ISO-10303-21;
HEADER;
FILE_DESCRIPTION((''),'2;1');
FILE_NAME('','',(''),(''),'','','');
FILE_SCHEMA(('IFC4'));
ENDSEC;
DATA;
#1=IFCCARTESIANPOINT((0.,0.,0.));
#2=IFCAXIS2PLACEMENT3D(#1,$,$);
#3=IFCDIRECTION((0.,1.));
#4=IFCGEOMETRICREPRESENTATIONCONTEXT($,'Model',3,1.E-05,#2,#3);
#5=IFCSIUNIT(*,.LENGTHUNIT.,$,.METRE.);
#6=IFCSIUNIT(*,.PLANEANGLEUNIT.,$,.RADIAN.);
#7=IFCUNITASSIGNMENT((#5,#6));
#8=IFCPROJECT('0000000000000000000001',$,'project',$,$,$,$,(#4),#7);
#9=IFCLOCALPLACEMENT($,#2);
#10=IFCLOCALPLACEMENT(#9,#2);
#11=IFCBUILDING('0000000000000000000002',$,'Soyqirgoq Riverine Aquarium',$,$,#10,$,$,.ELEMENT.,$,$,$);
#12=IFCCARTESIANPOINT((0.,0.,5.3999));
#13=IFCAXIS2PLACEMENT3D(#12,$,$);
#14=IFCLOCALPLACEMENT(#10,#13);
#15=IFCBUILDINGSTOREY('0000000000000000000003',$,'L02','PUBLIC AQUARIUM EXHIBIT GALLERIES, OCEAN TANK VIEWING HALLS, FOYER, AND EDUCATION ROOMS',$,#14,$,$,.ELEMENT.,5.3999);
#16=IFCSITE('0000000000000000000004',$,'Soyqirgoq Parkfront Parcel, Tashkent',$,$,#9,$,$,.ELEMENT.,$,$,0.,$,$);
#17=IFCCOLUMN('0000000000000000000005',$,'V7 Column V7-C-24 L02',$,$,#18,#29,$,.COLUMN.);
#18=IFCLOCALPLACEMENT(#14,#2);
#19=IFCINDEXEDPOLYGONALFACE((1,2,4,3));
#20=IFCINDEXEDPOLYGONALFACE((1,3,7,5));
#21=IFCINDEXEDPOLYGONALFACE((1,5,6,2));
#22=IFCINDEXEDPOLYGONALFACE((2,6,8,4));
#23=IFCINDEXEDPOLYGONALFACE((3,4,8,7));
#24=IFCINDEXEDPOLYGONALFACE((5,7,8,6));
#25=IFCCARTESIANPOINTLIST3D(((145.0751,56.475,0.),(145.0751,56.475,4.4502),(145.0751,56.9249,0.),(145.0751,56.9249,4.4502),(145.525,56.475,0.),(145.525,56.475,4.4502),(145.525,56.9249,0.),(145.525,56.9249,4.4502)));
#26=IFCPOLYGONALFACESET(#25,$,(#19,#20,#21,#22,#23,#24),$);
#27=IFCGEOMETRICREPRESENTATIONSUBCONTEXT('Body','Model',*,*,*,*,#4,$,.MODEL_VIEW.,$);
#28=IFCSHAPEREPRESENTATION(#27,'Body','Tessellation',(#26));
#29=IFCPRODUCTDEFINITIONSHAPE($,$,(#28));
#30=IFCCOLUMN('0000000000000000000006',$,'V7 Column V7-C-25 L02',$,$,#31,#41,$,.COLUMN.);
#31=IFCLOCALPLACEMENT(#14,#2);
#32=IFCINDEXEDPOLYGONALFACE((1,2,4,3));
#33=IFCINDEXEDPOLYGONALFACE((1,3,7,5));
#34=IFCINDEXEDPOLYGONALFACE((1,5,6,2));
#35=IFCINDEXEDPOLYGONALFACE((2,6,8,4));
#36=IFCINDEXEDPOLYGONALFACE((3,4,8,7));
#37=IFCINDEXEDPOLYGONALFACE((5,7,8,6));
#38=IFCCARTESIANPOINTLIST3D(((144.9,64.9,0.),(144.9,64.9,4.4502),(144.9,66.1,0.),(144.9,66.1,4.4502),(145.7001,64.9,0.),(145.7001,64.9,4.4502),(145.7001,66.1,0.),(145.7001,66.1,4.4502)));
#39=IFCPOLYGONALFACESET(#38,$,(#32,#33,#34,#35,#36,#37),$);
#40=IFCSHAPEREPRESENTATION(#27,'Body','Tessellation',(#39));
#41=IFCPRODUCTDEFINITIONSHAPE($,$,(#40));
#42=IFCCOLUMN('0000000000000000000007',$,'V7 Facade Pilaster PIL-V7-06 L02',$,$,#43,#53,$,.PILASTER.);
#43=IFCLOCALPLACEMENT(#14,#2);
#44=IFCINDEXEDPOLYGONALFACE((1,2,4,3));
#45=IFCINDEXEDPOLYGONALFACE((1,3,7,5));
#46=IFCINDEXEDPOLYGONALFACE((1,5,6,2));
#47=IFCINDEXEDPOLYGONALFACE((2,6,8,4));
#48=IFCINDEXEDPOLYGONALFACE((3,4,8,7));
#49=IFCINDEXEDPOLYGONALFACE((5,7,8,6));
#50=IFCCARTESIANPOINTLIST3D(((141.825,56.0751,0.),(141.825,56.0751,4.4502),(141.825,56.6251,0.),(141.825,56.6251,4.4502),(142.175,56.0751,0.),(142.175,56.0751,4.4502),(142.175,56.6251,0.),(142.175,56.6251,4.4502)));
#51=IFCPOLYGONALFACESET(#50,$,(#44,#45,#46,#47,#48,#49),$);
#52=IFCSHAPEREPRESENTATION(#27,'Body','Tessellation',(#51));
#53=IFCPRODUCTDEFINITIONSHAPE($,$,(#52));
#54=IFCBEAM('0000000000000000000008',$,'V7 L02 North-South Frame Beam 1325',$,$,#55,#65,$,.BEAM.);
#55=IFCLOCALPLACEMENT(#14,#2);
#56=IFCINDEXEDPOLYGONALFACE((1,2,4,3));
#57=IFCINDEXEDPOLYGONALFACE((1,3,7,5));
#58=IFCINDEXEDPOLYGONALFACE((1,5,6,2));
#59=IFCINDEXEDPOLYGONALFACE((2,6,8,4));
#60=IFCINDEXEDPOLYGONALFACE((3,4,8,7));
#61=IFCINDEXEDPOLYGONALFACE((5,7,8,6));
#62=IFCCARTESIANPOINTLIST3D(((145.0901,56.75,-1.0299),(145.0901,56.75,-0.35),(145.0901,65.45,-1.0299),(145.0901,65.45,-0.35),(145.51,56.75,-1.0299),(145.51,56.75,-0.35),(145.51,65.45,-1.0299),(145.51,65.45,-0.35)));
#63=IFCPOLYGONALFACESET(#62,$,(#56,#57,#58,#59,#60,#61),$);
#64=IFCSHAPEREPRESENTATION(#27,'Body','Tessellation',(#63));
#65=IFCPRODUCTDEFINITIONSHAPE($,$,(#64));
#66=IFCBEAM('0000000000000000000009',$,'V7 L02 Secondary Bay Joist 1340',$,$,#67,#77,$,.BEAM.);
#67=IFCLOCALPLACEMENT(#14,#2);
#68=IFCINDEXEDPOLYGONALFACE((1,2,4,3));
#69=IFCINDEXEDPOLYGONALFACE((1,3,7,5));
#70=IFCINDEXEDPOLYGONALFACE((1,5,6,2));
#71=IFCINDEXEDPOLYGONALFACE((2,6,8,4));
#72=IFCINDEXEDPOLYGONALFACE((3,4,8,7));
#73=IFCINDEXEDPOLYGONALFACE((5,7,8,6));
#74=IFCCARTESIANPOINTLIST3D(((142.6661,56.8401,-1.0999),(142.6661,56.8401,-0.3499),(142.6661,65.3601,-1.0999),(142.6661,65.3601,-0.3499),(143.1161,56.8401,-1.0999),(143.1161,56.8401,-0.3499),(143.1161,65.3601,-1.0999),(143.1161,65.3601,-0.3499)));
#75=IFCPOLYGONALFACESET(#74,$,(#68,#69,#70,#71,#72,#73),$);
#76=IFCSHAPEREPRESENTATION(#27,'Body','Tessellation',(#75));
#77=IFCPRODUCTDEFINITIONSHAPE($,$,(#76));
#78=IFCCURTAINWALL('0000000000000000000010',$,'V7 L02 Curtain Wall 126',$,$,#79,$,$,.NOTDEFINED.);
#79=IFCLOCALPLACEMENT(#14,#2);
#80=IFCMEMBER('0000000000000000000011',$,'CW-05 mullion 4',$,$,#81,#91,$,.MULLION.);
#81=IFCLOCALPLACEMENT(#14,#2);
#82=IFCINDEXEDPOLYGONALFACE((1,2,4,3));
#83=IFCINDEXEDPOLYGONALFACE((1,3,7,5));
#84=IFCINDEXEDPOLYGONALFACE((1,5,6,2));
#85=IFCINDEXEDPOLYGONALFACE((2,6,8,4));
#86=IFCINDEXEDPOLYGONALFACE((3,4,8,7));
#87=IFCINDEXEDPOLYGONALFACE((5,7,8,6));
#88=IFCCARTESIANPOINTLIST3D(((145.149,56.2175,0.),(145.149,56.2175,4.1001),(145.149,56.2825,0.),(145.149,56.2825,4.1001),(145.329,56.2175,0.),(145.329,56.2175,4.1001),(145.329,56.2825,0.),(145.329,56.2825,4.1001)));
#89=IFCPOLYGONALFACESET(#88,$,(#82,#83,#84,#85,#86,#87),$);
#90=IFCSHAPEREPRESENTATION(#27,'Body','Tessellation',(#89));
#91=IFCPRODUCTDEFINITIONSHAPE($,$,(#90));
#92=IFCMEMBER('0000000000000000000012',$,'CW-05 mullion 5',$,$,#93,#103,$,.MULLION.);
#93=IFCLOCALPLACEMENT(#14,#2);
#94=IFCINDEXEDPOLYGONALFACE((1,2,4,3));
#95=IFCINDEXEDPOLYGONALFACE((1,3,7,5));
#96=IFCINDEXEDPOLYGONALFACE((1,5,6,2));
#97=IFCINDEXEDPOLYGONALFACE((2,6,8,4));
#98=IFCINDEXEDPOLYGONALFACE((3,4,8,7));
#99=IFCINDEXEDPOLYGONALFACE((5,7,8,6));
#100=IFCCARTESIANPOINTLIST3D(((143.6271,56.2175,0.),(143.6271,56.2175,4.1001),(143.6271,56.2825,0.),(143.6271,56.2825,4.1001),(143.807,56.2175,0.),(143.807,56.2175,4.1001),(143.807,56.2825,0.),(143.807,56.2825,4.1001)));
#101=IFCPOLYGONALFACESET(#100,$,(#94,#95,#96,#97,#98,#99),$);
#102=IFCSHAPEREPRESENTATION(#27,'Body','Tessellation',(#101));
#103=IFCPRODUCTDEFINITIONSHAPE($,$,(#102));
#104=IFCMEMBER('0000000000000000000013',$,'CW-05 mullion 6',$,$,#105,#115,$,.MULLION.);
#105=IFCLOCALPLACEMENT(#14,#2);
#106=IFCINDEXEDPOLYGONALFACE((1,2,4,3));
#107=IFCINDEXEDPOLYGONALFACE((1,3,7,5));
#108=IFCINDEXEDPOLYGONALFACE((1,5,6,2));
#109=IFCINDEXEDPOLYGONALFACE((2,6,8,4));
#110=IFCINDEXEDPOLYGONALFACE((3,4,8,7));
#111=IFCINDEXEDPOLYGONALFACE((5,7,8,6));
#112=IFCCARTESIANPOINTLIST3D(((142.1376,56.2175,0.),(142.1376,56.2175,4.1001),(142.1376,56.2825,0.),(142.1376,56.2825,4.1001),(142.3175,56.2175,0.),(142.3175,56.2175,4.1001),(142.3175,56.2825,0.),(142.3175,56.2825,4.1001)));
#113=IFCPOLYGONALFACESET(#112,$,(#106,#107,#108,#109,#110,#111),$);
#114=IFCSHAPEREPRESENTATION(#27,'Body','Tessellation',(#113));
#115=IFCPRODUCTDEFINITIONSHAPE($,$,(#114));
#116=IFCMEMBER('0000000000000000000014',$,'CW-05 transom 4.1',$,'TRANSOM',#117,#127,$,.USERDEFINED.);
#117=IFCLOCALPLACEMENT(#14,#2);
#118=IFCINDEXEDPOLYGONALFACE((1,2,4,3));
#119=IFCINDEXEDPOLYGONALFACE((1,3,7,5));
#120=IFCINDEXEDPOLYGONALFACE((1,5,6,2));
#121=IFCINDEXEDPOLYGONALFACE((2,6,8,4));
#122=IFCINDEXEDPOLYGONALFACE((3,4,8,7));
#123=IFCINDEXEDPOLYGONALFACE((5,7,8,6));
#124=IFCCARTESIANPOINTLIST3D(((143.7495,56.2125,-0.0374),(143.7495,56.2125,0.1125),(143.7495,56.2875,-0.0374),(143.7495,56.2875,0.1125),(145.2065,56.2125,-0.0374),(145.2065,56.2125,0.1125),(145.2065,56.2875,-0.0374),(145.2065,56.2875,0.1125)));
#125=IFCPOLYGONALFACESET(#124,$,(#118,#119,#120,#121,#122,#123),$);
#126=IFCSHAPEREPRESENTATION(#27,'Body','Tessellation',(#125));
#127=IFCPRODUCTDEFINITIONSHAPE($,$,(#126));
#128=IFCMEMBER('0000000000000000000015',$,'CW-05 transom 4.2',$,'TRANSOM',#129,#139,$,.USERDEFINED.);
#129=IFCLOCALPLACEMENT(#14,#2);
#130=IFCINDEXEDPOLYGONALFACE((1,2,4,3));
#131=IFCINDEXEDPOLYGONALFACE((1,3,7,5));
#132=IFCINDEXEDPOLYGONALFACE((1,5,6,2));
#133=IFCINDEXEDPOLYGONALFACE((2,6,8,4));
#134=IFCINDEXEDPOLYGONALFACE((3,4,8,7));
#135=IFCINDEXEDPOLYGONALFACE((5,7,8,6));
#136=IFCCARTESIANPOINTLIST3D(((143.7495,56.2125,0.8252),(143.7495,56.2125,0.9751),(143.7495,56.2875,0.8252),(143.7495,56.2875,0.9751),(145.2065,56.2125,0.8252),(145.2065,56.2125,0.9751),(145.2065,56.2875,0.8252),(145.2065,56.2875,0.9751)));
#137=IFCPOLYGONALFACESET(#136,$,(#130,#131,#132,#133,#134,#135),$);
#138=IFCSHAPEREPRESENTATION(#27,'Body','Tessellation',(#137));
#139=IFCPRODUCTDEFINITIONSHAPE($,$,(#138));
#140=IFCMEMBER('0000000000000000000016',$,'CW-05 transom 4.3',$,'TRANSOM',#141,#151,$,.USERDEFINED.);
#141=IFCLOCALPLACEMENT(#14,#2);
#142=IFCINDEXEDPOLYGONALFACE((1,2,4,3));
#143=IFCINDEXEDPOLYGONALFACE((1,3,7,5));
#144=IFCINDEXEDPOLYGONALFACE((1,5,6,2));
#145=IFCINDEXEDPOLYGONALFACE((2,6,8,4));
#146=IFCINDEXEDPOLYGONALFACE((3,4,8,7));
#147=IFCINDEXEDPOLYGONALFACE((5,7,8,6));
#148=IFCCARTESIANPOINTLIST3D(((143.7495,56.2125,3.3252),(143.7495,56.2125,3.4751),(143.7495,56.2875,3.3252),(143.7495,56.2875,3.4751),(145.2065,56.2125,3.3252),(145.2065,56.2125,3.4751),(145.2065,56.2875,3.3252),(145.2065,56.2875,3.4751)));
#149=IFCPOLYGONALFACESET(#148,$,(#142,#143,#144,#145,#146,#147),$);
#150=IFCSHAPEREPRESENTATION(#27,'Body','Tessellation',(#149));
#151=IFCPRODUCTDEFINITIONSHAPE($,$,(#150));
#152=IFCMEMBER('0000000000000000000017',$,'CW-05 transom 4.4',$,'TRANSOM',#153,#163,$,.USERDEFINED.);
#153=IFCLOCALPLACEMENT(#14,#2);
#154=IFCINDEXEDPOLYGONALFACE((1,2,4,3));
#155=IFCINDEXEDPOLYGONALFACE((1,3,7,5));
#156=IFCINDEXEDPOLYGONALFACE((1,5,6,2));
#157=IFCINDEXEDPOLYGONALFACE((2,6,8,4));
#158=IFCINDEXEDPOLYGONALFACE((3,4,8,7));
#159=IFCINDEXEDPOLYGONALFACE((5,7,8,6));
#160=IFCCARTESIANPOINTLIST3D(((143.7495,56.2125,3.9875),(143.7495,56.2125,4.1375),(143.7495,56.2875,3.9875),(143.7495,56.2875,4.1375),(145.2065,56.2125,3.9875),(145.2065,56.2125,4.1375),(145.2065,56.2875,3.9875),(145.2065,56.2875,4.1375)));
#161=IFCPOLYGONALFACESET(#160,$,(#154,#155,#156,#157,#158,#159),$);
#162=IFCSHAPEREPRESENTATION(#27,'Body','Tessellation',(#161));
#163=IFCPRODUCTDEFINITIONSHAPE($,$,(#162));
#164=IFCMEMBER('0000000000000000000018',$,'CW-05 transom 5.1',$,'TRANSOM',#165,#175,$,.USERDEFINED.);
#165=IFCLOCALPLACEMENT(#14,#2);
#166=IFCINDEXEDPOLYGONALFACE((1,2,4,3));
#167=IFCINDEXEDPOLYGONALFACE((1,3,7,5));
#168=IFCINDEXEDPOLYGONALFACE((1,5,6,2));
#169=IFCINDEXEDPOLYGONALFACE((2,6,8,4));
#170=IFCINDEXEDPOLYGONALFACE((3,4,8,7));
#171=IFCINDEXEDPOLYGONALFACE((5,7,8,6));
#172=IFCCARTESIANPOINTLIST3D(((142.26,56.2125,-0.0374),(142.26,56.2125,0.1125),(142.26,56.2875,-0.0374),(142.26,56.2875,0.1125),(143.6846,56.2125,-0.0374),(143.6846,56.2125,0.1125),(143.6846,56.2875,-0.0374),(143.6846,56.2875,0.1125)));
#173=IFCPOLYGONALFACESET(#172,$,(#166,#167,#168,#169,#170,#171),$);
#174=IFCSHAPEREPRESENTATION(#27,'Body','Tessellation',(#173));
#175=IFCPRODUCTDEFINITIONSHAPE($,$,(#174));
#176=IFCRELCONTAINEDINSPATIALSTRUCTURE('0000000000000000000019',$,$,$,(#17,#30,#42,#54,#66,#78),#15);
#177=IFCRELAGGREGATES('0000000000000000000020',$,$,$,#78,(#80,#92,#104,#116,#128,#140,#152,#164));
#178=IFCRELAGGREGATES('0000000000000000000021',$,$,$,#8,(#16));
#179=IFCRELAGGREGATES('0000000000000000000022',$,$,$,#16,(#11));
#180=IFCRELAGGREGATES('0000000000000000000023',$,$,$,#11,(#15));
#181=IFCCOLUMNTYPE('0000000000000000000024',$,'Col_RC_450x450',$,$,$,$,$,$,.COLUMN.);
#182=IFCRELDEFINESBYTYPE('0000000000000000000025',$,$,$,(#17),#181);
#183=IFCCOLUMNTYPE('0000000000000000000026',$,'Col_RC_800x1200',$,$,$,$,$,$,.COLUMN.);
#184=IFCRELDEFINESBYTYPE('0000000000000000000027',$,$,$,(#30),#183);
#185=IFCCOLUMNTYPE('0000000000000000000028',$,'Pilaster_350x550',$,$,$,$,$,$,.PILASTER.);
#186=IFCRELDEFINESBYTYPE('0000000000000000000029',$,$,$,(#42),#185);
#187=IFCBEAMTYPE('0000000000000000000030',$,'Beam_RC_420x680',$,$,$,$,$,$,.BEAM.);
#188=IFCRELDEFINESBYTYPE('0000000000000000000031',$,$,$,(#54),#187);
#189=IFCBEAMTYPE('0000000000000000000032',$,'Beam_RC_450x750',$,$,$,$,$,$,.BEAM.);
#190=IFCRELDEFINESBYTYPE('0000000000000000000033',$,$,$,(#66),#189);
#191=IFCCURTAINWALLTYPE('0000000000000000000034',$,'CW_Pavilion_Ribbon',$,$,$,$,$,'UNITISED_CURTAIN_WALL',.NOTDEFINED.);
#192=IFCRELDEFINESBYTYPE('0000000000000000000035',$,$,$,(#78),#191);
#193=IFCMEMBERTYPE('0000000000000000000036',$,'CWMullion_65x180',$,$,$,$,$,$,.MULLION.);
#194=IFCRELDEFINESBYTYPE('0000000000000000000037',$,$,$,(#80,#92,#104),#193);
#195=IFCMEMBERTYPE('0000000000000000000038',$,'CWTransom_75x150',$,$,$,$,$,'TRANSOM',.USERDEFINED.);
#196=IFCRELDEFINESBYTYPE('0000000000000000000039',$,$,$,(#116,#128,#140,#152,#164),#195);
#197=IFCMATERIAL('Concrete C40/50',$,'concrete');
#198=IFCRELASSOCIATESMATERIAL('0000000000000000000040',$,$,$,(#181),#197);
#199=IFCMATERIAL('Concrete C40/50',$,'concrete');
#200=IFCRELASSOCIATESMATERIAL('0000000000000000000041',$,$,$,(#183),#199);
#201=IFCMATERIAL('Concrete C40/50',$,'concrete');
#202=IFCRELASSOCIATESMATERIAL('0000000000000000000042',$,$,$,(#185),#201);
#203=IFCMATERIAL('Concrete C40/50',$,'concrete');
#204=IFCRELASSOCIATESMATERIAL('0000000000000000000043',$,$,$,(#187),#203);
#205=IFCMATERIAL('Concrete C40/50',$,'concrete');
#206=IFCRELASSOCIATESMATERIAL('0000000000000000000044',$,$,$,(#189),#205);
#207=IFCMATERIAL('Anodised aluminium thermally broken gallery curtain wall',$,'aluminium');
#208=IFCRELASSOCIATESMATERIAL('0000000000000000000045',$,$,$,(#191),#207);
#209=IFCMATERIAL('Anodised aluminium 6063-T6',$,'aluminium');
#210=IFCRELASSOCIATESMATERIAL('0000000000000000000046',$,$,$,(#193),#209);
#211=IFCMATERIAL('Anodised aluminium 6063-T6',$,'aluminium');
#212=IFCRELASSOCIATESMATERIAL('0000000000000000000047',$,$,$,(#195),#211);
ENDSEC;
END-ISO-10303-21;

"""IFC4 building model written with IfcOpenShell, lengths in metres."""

from ifc_helpers import new_model, si_unit, direction, frame, origin, origin_2d, place, context, subcontext, project, spatial, rectangle, extrude, material, material_profile, profile_set, type_object, element, aggregate, save


model = new_model("IFC4")

# Units and contexts
model_context = context("Model", 3, precision=1e-05, world=origin(), true_north=direction((0.0, 1.0)))
body_context = subcontext(model_context, "Body", "Model", "MODEL_VIEW")
ifc_project = project(units=[si_unit("LENGTHUNIT", "METRE"), si_unit("PLANEANGLEUNIT", "RADIAN")], contexts=[model_context])

# Site, building, storey
site_placement = place(None, origin())
site = spatial("IfcSite", under=ifc_project, at=site_placement, Name="Soyqirgoq Parkfront Parcel, Tashkent", CompositionType="ELEMENT", RefElevation=0.0)
building_placement = place(site_placement, origin())
building = spatial("IfcBuilding", under=site, at=building_placement, Name="Soyqirgoq Riverine Aquarium", CompositionType="ELEMENT")
storey_placement = place(building_placement, frame((0.0, 0.0, 5.3999)))
storey = spatial("IfcBuildingStorey", under=building, at=storey_placement, Name="L02", Description="PUBLIC AQUARIUM EXHIBIT GALLERIES, OCEAN TANK VIEWING HALLS, FOYER, AND EDUCATION ROOMS", CompositionType="ELEMENT", Elevation=5.3999)

# Columns
ifc_material_1 = material(Name="Concrete C40/50", Category="concrete")
ifc_material_profile_1 = material_profile(ifc_material_1, rectangle(XDim=0.45, YDim=0.45, at=origin_2d()), Name="RC 450x450")
ifc_profile_set_1 = profile_set([ifc_material_profile_1], Name="Concrete C40/50")
column_type_1 = type_object("IfcColumnType", Name="Col_RC_450x450", PredefinedType="COLUMN", material=ifc_profile_set_1)
column_1_placement = place(storey_placement, frame((145.3, 56.7, 0.0), z_axis=(0.0, 0.0, 1.0), x_axis=(1.0, 0.0, 0.0)))
element("IfcColumn", 1, at=column_1_placement, inside=storey, type_object=column_type_1, Name="V7 Column V7-C-24 L02", PredefinedType="COLUMN", context=body_context, shape_type="SweptSolid", body=[
    extrude(rectangle(XDim=0.45, YDim=0.45, at=origin_2d()), origin(), (0.0, 0.0, 1.0), 4.4502),
])
ifc_material_2 = material(Name="Concrete C40/50", Category="concrete")
ifc_material_profile_2 = material_profile(ifc_material_2, rectangle(XDim=0.8, YDim=1.2, at=origin_2d()), Name="RC-COL 800x1200")
ifc_profile_set_2 = profile_set([ifc_material_profile_2], Name="Concrete C40/50")
column_type_2 = type_object("IfcColumnType", Name="Col_RC_800x1200", PredefinedType="COLUMN", material=ifc_profile_set_2)
column_2_placement = place(storey_placement, frame((145.3, 65.5, 0.0), z_axis=(0.0, 0.0, 1.0), x_axis=(1.0, 0.0, 0.0)))
element("IfcColumn", 2, at=column_2_placement, inside=storey, type_object=column_type_2, Name="V7 Column V7-C-25 L02", PredefinedType="COLUMN", context=body_context, shape_type="SweptSolid", body=[
    extrude(rectangle(XDim=0.8, YDim=1.2, at=origin_2d()), origin(), (0.0, 0.0, 1.0), 4.4502),
])
ifc_material_3 = material(Name="Concrete C40/50", Category="concrete")
ifc_material_profile_3 = material_profile(ifc_material_3, rectangle(XDim=0.3501, YDim=0.55, at=origin_2d()), Name="RC-PIL 350x550")
ifc_profile_set_3 = profile_set([ifc_material_profile_3], Name="Concrete C40/50")
column_type_3 = type_object("IfcColumnType", Name="Pilaster_350x550", PredefinedType="PILASTER", material=ifc_profile_set_3)
column_3_placement = place(storey_placement, frame((142.0, 56.3501, 0.0), z_axis=(0.0, 0.0, 1.0), x_axis=(1.0, 0.0, 0.0)))
element("IfcColumn", 3, at=column_3_placement, inside=storey, type_object=column_type_3, Name="V7 Facade Pilaster PIL-V7-06 L02", PredefinedType="PILASTER", context=body_context, shape_type="SweptSolid", body=[
    extrude(rectangle(XDim=0.3501, YDim=0.55, at=origin_2d()), origin(), (0.0, 0.0, 1.0), 4.4502),
])

# Beams
ifc_material_4 = material(Name="Concrete C40/50", Category="concrete")
ifc_material_profile_4 = material_profile(ifc_material_4, rectangle(XDim=0.4199, YDim=0.6799, at=origin_2d()), Name="RC 420x680")
ifc_profile_set_4 = profile_set([ifc_material_profile_4], Name="Concrete C40/50")
beam_type_1 = type_object("IfcBeamType", Name="Beam_RC_420x680", PredefinedType="BEAM", material=ifc_profile_set_4)
beam_1_placement = place(storey_placement, frame((145.3, 56.75, -0.6899), z_axis=(0.0, 1.0, 0.0), x_axis=(-1.0, 0.0, 0.0)))
element("IfcBeam", 4, at=beam_1_placement, inside=storey, type_object=beam_type_1, Name="V7 L02 North-South Frame Beam 1325", PredefinedType="BEAM", context=body_context, shape_type="SweptSolid", body=[
    extrude(rectangle(XDim=0.4199, YDim=0.6799, at=origin_2d()), origin(), (0.0, 0.0, 1.0), 8.7),
])
ifc_material_5 = material(Name="Concrete C40/50", Category="concrete")
ifc_material_profile_5 = material_profile(ifc_material_5, rectangle(XDim=0.45, YDim=0.75, at=origin_2d()), Name="RC 450x750")
ifc_profile_set_5 = profile_set([ifc_material_profile_5], Name="Concrete C40/50")
beam_type_2 = type_object("IfcBeamType", Name="Beam_RC_450x750", PredefinedType="BEAM", material=ifc_profile_set_5)
beam_2_placement = place(storey_placement, frame((142.8911, 56.8401, -0.7249), z_axis=(0.0, 1.0, 0.0), x_axis=(-1.0, 0.0, 0.0)))
element("IfcBeam", 5, at=beam_2_placement, inside=storey, type_object=beam_type_2, Name="V7 L02 Secondary Bay Joist 1340", PredefinedType="BEAM", context=body_context, shape_type="SweptSolid", body=[
    extrude(rectangle(XDim=0.45, YDim=0.75, at=origin_2d()), origin(), (0.0, 0.0, 1.0), 8.52),
])

# Curtain wall, members
ifc_material_6 = material(Name="Anodised aluminium thermally broken gallery curtain wall", Category="aluminium")
curtain_wall_type = type_object("IfcCurtainWallType", Name="CW_Pavilion_Ribbon", ElementType="UNITISED_CURTAIN_WALL", PredefinedType="NOTDEFINED", material=ifc_material_6)
curtain_wall_placement = place(storey_placement, origin())
curtain_wall = element("IfcCurtainWall", 6, at=curtain_wall_placement, inside=storey, type_object=curtain_wall_type, Name="V7 L02 Curtain Wall 126", PredefinedType="NOTDEFINED")
ifc_material_7 = material(Name="Anodised aluminium 6063-T6", Category="aluminium")
ifc_material_profile_6 = material_profile(ifc_material_7, rectangle(XDim=0.0649, YDim=0.1799, at=origin_2d()), Name="ALU-M 65x180")
ifc_profile_set_6 = profile_set([ifc_material_profile_6], Name="Anodised aluminium 6063-T6")
member_type_1 = type_object("IfcMemberType", Name="CWMullion_65x180", PredefinedType="MULLION", material=ifc_profile_set_6)
member_1_placement = place(storey_placement, frame((145.239, 56.25, 0.0), z_axis=(0.0, 0.0, 1.0), x_axis=(0.0, -1.0, 0.0)))
member_1 = element("IfcMember", 7, at=member_1_placement, type_object=member_type_1, Name="CW-05 mullion 4", PredefinedType="MULLION", context=body_context, shape_type="SweptSolid", body=[
    extrude(rectangle(XDim=0.0649, YDim=0.1799, at=origin_2d()), origin(), (0.0, 0.0, 1.0), 4.1001),
])
member_2_placement = place(storey_placement, frame((143.717, 56.25, 0.0), z_axis=(0.0, 0.0, 1.0), x_axis=(0.0, -1.0, 0.0)))
member_2 = element("IfcMember", 8, at=member_2_placement, type_object=member_type_1, Name="CW-05 mullion 5", PredefinedType="MULLION", context=body_context, shape_type="SweptSolid", body=[
    extrude(rectangle(XDim=0.0649, YDim=0.1799, at=origin_2d()), origin(), (0.0, 0.0, 1.0), 4.1001),
])
member_3_placement = place(storey_placement, frame((142.2275, 56.25, 0.0), z_axis=(0.0, 0.0, 1.0), x_axis=(0.0, -1.0, 0.0)))
member_3 = element("IfcMember", 9, at=member_3_placement, type_object=member_type_1, Name="CW-05 mullion 6", PredefinedType="MULLION", context=body_context, shape_type="SweptSolid", body=[
    extrude(rectangle(XDim=0.0649, YDim=0.1799, at=origin_2d()), origin(), (0.0, 0.0, 1.0), 4.1001),
])
ifc_material_8 = material(Name="Anodised aluminium 6063-T6", Category="aluminium")
ifc_material_profile_7 = material_profile(ifc_material_8, rectangle(XDim=0.075, YDim=0.1499, at=origin_2d()), Name="ALU-T 75x150")
ifc_profile_set_7 = profile_set([ifc_material_profile_7], Name="Anodised aluminium 6063-T6")
member_type_2 = type_object("IfcMemberType", Name="CWTransom_75x150", ElementType="TRANSOM", PredefinedType="USERDEFINED", material=ifc_profile_set_7)
member_4_placement = place(storey_placement, frame((145.2065, 56.25, 0.0376), z_axis=(-1.0, 0.0, 0.0), x_axis=(0.0, -1.0, 0.0)))
member_4 = element("IfcMember", 10, at=member_4_placement, type_object=member_type_2, Name="CW-05 transom 4.1", ObjectType="TRANSOM", PredefinedType="USERDEFINED", context=body_context, shape_type="SweptSolid", body=[
    extrude(rectangle(XDim=0.075, YDim=0.1499, at=origin_2d()), origin(), (0.0, 0.0, 1.0), 1.457),
])
member_5_placement = place(storey_placement, frame((145.2065, 56.25, 0.9001), z_axis=(-1.0, 0.0, 0.0), x_axis=(0.0, -1.0, 0.0)))
member_5 = element("IfcMember", 11, at=member_5_placement, type_object=member_type_2, Name="CW-05 transom 4.2", ObjectType="TRANSOM", PredefinedType="USERDEFINED", context=body_context, shape_type="SweptSolid", body=[
    extrude(rectangle(XDim=0.075, YDim=0.1499, at=origin_2d()), origin(), (0.0, 0.0, 1.0), 1.457),
])
member_6_placement = place(storey_placement, frame((145.2065, 56.25, 3.4001), z_axis=(-1.0, 0.0, 0.0), x_axis=(0.0, -1.0, 0.0)))
member_6 = element("IfcMember", 12, at=member_6_placement, type_object=member_type_2, Name="CW-05 transom 4.3", ObjectType="TRANSOM", PredefinedType="USERDEFINED", context=body_context, shape_type="SweptSolid", body=[
    extrude(rectangle(XDim=0.075, YDim=0.1499, at=origin_2d()), origin(), (0.0, 0.0, 1.0), 1.457),
])
member_7_placement = place(storey_placement, frame((145.2065, 56.25, 4.0625), z_axis=(-1.0, 0.0, 0.0), x_axis=(0.0, -1.0, 0.0)))
member_7 = element("IfcMember", 13, at=member_7_placement, type_object=member_type_2, Name="CW-05 transom 4.4", ObjectType="TRANSOM", PredefinedType="USERDEFINED", context=body_context, shape_type="SweptSolid", body=[
    extrude(rectangle(XDim=0.075, YDim=0.1499, at=origin_2d()), origin(), (0.0, 0.0, 1.0), 1.457),
])
member_8_placement = place(storey_placement, frame((143.6846, 56.25, 0.0376), z_axis=(-1.0, 0.0, 0.0), x_axis=(0.0, -1.0, 0.0)))
member_8 = element("IfcMember", 14, at=member_8_placement, type_object=member_type_2, Name="CW-05 transom 5.1", ObjectType="TRANSOM", PredefinedType="USERDEFINED", context=body_context, shape_type="SweptSolid", body=[
    extrude(rectangle(XDim=0.075, YDim=0.1499, at=origin_2d()), origin(), (0.0, 0.0, 1.0), 1.4246),
])

aggregate(curtain_wall, [member_1, member_2, member_3, member_4, member_5, member_6, member_7, member_8])

save(model, "model.ifc")
